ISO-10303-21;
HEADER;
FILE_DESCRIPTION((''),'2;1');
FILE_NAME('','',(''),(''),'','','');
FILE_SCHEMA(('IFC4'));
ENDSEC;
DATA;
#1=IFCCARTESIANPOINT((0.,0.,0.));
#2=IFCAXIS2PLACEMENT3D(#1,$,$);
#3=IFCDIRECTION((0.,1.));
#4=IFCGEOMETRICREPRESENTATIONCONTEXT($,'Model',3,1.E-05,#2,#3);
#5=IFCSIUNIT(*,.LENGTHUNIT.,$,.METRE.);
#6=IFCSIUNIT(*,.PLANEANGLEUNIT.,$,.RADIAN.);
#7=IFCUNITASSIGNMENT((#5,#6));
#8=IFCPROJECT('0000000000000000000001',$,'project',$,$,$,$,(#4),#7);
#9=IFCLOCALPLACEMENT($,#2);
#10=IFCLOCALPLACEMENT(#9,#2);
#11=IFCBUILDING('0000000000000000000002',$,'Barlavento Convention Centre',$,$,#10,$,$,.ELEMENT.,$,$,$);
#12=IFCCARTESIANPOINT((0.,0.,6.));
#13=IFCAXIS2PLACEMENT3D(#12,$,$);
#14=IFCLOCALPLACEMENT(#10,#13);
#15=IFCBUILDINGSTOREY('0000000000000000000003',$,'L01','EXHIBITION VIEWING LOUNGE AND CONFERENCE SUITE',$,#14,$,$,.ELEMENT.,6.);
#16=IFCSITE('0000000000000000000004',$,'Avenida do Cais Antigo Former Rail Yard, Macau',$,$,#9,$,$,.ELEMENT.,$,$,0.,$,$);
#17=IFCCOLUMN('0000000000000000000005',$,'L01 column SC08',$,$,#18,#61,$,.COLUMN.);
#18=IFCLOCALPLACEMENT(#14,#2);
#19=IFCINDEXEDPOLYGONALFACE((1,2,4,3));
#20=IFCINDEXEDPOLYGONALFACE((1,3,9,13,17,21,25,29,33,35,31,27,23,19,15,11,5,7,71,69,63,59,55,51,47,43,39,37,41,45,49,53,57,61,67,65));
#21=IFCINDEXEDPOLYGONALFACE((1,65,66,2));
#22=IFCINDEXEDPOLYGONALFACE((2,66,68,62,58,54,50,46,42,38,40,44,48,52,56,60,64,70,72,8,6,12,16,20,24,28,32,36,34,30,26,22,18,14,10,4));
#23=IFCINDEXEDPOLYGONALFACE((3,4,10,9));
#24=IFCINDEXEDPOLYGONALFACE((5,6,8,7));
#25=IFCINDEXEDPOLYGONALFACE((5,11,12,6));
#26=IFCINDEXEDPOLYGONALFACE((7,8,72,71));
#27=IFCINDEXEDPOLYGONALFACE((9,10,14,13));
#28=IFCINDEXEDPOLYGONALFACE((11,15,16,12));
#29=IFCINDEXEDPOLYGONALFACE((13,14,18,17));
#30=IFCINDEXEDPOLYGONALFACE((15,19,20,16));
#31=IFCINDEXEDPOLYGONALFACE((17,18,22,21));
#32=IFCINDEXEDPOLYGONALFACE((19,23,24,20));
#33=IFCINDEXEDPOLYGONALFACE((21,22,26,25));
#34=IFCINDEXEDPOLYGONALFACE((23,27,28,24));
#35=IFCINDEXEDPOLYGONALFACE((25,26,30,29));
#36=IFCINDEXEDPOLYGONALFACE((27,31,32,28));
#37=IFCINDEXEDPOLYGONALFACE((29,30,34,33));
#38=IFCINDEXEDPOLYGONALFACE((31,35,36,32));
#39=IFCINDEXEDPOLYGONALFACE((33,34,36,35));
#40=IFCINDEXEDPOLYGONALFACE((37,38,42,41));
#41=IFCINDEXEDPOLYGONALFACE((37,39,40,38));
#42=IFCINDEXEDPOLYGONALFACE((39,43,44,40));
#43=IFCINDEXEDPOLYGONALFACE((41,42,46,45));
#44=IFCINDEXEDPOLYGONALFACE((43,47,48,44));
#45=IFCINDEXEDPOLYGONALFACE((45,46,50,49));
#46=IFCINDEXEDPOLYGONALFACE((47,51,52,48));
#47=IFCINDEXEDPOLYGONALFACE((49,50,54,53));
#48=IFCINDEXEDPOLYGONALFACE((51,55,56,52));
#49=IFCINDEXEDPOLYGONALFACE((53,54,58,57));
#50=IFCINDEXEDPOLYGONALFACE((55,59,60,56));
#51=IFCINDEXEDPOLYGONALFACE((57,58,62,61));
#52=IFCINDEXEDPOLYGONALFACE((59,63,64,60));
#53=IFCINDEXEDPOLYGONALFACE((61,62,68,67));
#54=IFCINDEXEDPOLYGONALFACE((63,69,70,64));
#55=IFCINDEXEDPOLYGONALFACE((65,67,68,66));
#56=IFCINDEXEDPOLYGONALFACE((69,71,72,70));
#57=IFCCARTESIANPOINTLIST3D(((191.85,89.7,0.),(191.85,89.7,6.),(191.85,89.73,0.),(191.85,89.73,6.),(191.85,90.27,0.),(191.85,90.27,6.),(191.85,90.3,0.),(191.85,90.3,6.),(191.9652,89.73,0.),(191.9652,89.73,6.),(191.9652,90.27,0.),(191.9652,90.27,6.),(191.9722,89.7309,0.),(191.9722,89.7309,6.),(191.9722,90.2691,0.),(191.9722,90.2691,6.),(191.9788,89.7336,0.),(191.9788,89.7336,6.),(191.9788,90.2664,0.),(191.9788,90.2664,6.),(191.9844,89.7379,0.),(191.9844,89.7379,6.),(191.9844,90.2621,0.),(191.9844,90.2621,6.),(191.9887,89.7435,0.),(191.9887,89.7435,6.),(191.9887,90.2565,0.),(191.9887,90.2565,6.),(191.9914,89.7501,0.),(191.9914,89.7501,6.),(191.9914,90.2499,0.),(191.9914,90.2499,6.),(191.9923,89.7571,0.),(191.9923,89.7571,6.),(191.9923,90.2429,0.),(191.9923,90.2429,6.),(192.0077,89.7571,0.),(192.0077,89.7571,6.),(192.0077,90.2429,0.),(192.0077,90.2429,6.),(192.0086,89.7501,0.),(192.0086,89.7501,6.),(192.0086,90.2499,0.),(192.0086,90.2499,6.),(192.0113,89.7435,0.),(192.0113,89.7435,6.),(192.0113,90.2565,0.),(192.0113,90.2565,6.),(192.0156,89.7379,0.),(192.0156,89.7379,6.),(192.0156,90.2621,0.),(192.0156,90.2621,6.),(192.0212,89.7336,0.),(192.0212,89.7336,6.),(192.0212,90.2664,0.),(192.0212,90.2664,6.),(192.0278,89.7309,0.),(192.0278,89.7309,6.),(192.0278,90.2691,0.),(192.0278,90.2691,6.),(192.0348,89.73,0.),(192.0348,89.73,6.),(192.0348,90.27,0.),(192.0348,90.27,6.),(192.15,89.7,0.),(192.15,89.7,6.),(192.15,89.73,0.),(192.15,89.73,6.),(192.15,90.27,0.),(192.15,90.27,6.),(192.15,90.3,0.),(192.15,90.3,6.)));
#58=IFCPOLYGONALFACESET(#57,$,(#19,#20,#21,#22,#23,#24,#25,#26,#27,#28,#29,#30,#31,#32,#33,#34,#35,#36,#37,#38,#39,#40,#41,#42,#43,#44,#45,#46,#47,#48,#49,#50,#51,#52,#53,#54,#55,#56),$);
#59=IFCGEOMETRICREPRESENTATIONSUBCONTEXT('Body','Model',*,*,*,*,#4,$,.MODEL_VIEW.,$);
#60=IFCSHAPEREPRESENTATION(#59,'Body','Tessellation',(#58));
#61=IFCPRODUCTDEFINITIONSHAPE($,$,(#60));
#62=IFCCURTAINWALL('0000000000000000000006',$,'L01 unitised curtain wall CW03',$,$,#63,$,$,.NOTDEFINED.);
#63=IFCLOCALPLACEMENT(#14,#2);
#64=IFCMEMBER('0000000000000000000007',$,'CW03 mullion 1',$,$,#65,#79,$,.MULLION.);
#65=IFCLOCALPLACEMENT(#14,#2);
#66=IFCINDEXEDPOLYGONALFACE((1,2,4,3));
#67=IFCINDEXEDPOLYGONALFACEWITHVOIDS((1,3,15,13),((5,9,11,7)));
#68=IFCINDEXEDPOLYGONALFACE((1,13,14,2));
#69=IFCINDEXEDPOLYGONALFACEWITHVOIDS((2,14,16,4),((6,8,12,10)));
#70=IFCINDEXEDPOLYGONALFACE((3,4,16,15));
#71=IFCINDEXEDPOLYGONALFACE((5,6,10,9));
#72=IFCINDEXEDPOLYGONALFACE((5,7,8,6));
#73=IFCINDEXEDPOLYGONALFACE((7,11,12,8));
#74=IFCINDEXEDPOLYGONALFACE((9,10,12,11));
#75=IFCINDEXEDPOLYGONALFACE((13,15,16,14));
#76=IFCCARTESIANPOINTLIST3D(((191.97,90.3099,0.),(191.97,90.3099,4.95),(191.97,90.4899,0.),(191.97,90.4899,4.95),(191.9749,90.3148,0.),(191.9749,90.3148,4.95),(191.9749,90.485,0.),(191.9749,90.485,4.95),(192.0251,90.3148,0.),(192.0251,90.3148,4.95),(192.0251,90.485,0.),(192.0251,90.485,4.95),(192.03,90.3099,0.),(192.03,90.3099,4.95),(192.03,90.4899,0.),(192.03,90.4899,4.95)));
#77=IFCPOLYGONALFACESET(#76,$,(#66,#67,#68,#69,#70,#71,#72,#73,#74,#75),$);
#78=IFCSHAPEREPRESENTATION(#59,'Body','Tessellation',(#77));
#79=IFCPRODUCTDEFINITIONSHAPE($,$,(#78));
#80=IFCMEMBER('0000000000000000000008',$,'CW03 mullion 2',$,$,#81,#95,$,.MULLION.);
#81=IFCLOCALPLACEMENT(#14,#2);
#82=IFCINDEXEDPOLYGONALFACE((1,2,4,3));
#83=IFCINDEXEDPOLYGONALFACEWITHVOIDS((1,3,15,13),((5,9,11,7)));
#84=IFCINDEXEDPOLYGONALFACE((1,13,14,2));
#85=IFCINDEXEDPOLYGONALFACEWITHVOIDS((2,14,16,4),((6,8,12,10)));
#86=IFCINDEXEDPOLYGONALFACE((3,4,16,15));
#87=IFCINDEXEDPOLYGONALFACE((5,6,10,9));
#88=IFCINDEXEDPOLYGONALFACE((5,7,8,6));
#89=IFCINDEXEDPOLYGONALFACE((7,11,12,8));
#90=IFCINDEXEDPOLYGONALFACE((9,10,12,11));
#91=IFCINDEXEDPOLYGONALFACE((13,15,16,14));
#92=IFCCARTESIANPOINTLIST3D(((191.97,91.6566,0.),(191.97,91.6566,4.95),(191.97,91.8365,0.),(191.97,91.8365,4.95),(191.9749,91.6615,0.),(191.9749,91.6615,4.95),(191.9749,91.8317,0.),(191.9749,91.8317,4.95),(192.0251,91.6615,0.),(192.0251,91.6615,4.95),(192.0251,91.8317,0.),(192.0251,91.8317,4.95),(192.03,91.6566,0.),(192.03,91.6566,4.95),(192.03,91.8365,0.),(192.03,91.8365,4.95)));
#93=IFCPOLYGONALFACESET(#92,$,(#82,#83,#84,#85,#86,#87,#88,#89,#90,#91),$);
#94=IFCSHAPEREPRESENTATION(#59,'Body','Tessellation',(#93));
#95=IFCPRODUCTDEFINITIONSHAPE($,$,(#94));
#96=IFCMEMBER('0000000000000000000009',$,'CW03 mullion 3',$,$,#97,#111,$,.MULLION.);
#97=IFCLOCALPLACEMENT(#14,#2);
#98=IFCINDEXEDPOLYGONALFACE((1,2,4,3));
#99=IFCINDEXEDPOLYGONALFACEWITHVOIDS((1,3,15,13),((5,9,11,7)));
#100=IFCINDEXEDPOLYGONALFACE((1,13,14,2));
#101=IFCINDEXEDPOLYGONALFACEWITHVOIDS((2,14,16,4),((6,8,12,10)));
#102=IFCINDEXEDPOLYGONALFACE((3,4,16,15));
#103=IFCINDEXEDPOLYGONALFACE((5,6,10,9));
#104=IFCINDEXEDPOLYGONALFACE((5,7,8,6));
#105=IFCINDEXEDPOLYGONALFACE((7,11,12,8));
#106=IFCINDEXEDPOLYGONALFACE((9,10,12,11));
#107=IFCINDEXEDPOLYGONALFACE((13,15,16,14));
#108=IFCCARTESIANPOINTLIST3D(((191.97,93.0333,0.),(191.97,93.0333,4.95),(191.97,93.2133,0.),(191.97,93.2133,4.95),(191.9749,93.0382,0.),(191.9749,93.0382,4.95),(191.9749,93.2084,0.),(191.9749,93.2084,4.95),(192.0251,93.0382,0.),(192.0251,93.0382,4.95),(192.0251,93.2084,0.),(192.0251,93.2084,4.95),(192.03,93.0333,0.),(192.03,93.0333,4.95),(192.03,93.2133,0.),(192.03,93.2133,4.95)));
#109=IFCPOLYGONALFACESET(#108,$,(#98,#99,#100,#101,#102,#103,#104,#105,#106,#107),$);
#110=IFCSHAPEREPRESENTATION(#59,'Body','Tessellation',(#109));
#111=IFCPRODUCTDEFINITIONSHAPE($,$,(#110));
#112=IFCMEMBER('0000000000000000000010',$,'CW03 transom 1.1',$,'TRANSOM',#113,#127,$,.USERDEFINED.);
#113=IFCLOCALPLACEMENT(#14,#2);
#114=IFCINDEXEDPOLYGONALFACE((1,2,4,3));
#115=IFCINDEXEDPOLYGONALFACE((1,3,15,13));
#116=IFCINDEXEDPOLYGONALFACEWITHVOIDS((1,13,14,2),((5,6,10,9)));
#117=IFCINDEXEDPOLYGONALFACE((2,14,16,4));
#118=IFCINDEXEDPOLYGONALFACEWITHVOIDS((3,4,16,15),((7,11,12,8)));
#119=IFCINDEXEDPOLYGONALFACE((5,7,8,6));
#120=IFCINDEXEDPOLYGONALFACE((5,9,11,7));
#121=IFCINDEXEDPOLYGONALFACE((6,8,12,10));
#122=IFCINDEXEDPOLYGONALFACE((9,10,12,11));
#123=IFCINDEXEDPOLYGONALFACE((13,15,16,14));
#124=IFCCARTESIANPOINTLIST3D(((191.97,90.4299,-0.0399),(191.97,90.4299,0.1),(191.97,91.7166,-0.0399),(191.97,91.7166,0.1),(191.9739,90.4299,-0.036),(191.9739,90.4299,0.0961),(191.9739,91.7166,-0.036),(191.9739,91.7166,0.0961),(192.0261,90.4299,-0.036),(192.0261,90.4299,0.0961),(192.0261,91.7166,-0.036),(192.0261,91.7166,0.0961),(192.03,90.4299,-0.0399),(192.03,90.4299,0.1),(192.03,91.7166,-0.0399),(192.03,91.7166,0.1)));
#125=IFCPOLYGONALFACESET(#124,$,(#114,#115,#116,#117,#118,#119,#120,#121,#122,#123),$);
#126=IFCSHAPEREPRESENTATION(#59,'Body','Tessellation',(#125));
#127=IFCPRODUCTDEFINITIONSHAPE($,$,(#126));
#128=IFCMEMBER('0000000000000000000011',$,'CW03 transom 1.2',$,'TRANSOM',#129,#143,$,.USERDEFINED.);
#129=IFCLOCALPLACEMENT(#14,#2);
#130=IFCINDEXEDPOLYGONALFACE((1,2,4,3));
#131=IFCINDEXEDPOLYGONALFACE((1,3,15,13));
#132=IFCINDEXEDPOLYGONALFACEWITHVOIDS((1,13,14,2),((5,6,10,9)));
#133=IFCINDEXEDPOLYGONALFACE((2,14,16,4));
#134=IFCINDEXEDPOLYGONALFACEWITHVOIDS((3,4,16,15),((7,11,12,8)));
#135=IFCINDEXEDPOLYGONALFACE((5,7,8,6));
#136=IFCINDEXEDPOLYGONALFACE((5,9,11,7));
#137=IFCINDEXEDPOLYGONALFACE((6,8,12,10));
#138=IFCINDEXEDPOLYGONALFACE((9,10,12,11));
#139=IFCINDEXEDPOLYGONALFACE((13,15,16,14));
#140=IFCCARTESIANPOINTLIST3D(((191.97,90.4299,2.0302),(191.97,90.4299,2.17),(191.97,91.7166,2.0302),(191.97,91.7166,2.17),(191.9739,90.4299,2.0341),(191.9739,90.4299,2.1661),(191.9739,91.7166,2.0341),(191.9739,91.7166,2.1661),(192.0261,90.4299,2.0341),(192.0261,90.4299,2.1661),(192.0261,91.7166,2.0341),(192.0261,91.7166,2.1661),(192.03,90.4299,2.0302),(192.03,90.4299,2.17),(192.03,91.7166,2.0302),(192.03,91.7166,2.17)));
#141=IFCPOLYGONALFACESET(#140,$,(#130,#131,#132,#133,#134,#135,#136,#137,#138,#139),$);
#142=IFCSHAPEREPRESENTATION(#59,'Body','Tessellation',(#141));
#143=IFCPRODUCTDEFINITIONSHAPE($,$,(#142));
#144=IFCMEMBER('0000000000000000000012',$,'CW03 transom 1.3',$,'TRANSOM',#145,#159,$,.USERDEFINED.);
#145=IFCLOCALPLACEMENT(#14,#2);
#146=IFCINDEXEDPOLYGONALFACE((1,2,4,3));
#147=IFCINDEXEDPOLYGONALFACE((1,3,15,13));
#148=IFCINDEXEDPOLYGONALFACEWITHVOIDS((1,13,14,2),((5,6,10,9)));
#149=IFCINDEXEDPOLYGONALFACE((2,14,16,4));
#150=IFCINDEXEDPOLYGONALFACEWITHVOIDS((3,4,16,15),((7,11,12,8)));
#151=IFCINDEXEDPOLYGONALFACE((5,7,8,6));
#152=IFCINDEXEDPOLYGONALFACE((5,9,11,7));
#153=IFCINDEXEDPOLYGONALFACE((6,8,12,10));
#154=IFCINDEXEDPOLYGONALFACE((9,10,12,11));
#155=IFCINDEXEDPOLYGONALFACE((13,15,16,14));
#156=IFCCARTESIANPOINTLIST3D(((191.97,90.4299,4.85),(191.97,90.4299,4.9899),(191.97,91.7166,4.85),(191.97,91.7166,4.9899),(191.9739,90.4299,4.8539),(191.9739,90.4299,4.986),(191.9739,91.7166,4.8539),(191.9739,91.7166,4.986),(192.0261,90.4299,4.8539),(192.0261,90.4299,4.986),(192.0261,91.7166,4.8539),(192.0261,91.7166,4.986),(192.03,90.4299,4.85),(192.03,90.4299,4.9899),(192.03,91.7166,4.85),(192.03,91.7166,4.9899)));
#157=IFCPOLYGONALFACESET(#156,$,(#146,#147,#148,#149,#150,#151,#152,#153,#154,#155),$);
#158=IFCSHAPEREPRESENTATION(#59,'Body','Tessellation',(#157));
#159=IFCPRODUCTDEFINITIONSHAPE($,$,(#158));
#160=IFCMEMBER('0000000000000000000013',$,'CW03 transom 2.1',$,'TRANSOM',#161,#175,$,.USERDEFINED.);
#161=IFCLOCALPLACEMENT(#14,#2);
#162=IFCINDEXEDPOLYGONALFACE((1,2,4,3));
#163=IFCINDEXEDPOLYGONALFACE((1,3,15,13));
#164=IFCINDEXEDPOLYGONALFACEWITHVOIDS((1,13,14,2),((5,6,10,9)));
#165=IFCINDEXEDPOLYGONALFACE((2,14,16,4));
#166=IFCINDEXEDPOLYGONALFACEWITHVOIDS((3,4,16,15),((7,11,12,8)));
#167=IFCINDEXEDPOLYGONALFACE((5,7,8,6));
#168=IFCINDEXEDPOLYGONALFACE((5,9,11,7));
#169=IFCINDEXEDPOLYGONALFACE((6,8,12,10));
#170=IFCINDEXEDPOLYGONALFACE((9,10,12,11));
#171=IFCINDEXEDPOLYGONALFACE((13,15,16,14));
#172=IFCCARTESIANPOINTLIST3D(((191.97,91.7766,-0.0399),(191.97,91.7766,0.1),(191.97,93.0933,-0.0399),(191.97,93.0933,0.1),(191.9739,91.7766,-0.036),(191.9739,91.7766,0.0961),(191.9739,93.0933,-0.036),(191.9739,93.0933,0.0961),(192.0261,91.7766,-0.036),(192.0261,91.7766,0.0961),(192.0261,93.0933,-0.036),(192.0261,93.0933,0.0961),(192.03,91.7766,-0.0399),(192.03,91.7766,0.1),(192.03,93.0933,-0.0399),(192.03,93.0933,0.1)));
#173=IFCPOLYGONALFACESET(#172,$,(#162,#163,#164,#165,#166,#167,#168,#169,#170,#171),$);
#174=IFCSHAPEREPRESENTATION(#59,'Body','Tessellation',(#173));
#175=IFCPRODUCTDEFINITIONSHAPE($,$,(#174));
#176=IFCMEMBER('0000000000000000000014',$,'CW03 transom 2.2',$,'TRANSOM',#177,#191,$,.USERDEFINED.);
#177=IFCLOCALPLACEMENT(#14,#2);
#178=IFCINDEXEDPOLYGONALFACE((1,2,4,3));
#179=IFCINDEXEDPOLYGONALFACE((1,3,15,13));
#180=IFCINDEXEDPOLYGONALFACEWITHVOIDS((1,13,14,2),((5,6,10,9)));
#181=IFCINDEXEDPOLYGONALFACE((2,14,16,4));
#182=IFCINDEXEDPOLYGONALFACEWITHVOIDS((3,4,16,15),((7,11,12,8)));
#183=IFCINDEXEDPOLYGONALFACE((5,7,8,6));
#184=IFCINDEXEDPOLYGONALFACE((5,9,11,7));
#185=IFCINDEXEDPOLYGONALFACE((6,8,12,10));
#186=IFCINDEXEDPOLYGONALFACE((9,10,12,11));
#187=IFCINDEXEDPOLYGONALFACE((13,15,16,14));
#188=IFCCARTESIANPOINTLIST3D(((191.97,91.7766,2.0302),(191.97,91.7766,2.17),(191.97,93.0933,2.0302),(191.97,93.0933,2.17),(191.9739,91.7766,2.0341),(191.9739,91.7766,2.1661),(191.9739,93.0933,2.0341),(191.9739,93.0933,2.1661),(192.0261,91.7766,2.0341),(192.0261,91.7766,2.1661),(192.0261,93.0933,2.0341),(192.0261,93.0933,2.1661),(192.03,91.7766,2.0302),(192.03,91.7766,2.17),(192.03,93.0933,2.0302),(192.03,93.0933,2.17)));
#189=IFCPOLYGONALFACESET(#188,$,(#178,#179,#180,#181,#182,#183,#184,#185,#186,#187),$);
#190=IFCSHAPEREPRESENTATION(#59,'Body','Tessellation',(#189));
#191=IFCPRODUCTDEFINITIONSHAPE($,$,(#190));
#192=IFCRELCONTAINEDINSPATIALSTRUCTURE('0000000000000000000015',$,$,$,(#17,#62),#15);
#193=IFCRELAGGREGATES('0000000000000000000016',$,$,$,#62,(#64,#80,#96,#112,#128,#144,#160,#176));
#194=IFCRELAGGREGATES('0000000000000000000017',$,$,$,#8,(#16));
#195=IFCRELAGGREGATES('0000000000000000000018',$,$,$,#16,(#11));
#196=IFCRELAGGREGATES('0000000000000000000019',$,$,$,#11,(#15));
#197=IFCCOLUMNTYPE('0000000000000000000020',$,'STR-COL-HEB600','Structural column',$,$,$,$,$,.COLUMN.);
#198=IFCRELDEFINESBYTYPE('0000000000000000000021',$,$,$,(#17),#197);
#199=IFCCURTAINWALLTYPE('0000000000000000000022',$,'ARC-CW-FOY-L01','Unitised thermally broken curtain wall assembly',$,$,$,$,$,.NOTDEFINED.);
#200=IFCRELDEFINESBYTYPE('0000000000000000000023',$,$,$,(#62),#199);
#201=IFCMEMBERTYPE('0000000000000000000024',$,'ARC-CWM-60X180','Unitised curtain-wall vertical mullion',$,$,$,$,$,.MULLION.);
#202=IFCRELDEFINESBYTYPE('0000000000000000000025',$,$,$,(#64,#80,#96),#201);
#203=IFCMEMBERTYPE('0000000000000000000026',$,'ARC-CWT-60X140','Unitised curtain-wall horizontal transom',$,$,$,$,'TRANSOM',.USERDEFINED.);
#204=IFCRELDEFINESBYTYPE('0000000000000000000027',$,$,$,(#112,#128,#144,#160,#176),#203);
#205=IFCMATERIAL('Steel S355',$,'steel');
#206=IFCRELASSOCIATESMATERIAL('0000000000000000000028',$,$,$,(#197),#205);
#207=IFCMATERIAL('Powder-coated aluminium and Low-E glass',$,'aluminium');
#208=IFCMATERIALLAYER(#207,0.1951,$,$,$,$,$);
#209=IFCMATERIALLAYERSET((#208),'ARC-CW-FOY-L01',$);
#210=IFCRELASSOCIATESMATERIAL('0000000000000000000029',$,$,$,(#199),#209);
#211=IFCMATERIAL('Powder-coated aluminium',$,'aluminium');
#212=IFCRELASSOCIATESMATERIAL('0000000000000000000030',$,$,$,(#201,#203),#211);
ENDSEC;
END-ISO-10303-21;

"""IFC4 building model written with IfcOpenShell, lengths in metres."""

from ifc_helpers import new_model, si_unit, direction, frame, origin, origin_2d, place, context, subcontext, project, spatial, hollow_rectangle, i_section, extrude, material, layer, layer_set, material_profile, profile_set, type_object, element, aggregate, save


model = new_model("IFC4")

# Units and contexts
model_context = context("Model", 3, precision=1e-05, world=origin(), true_north=direction((0.0, 1.0)))
body_context = subcontext(model_context, "Body", "Model", "MODEL_VIEW")
ifc_project = project(units=[si_unit("LENGTHUNIT", "METRE"), si_unit("PLANEANGLEUNIT", "RADIAN")], contexts=[model_context])

# Site, building, storey
site_placement = place(None, origin())
site = spatial("IfcSite", under=ifc_project, at=site_placement, Name="Avenida do Cais Antigo Former Rail Yard, Macau", CompositionType="ELEMENT", RefElevation=0.0)
building_placement = place(site_placement, origin())
building = spatial("IfcBuilding", under=site, at=building_placement, Name="Barlavento Convention Centre", CompositionType="ELEMENT")
storey_placement = place(building_placement, frame((0.0, 0.0, 6.0)))
storey = spatial("IfcBuildingStorey", under=building, at=storey_placement, Name="L01", Description="EXHIBITION VIEWING LOUNGE AND CONFERENCE SUITE", CompositionType="ELEMENT", Elevation=6.0)

# Column
ifc_material_1 = material(Name="Steel S355", Category="steel")
ifc_material_profile_1 = material_profile(ifc_material_1, i_section(OverallWidth=0.3, OverallDepth=0.6001, WebThickness=0.0154, FlangeThickness=0.03, FilletRadius=0.0271, at=origin_2d()), Name="HEB 600")
ifc_profile_set_1 = profile_set([ifc_material_profile_1], Name="Steel S355")
column_type = type_object("IfcColumnType", Name="STR-COL-HEB600", Description="Structural column", PredefinedType="COLUMN", material=ifc_profile_set_1)
column_placement = place(storey_placement, frame((192.0, 90.0, 0.0), z_axis=(0.0, 0.0, 1.0), x_axis=(1.0, 0.0, 0.0)))
element("IfcColumn", 1, at=column_placement, inside=storey, type_object=column_type, Name="L01 column SC08", PredefinedType="COLUMN", context=body_context, shape_type="SweptSolid", body=[
    extrude(i_section(OverallWidth=0.3, OverallDepth=0.6001, WebThickness=0.0154, FlangeThickness=0.03, FilletRadius=0.0271, at=origin_2d()), origin(), (0.0, 0.0, 1.0), 6.0),
])

# Curtain wall, members
ifc_material_2 = material(Name="Powder-coated aluminium and Low-E glass", Category="aluminium")
ifc_layer_1 = layer(ifc_material_2, 0.1951)
ifc_layer_set_1 = layer_set([ifc_layer_1], Name="ARC-CW-FOY-L01")
curtain_wall_type = type_object("IfcCurtainWallType", Name="ARC-CW-FOY-L01", Description="Unitised thermally broken curtain wall assembly", PredefinedType="NOTDEFINED", material=ifc_layer_set_1)
curtain_wall_placement = place(storey_placement, origin())
curtain_wall = element("IfcCurtainWall", 2, at=curtain_wall_placement, inside=storey, type_object=curtain_wall_type, Name="L01 unitised curtain wall CW03", PredefinedType="NOTDEFINED")
ifc_material_3 = material(Name="Powder-coated aluminium", Category="aluminium")
ifc_material_profile_2 = material_profile(ifc_material_3, hollow_rectangle(XDim=0.0601, YDim=0.1799, WallThickness=0.0049, at=origin_2d()), Name="AL-MULL 60x180x5")
ifc_profile_set_2 = profile_set([ifc_material_profile_2], Name="Powder-coated aluminium")
member_type_1 = type_object("IfcMemberType", Name="ARC-CWM-60X180", Description="Unitised curtain-wall vertical mullion", PredefinedType="MULLION", material=ifc_profile_set_2)
member_1_placement = place(storey_placement, frame((192.0, 90.3999, 0.0), z_axis=(0.0, 0.0, 1.0), x_axis=(-1.0, 0.0, 0.0)))
member_1 = element("IfcMember", 3, at=member_1_placement, type_object=member_type_1, Name="CW03 mullion 1", PredefinedType="MULLION", context=body_context, shape_type="SweptSolid", body=[
    extrude(hollow_rectangle(XDim=0.0601, YDim=0.1799, WallThickness=0.0049, at=origin_2d()), origin(), (0.0, 0.0, 1.0), 4.95),
])
member_2_placement = place(storey_placement, frame((192.0, 91.7466, 0.0), z_axis=(0.0, 0.0, 1.0), x_axis=(-1.0, 0.0, 0.0)))
member_2 = element("IfcMember", 4, at=member_2_placement, type_object=member_type_1, Name="CW03 mullion 2", PredefinedType="MULLION", context=body_context, shape_type="SweptSolid", body=[
    extrude(hollow_rectangle(XDim=0.0601, YDim=0.1799, WallThickness=0.0049, at=origin_2d()), origin(), (0.0, 0.0, 1.0), 4.95),
])
member_3_placement = place(storey_placement, frame((192.0, 93.1233, 0.0), z_axis=(0.0, 0.0, 1.0), x_axis=(-1.0, 0.0, 0.0)))
member_3 = element("IfcMember", 5, at=member_3_placement, type_object=member_type_1, Name="CW03 mullion 3", PredefinedType="MULLION", context=body_context, shape_type="SweptSolid", body=[
    extrude(hollow_rectangle(XDim=0.0601, YDim=0.1799, WallThickness=0.0049, at=origin_2d()), origin(), (0.0, 0.0, 1.0), 4.95),
])
ifc_material_profile_3 = material_profile(ifc_material_3, hollow_rectangle(XDim=0.0601, YDim=0.1399, WallThickness=0.0039, at=origin_2d()), Name="AL-TRAN 60x140x4")
ifc_profile_set_3 = profile_set([ifc_material_profile_3], Name="Powder-coated aluminium")
member_type_2 = type_object("IfcMemberType", Name="ARC-CWT-60X140", Description="Unitised curtain-wall horizontal transom", ElementType="TRANSOM", PredefinedType="USERDEFINED", material=ifc_profile_set_3)
member_4_placement = place(storey_placement, frame((192.0, 90.4299, 0.03), z_axis=(0.0, 1.0, 0.0), x_axis=(-1.0, 0.0, 0.0)))
member_4 = element("IfcMember", 6, at=member_4_placement, type_object=member_type_2, Name="CW03 transom 1.1", ObjectType="TRANSOM", PredefinedType="USERDEFINED", context=body_context, shape_type="SweptSolid", body=[
    extrude(hollow_rectangle(XDim=0.0601, YDim=0.1399, WallThickness=0.0039, at=origin_2d()), origin(), (0.0, 0.0, 1.0), 1.2866),
])
member_5_placement = place(storey_placement, frame((192.0, 90.4299, 2.1001), z_axis=(0.0, 1.0, 0.0), x_axis=(-1.0, 0.0, 0.0)))
member_5 = element("IfcMember", 7, at=member_5_placement, type_object=member_type_2, Name="CW03 transom 1.2", ObjectType="TRANSOM", PredefinedType="USERDEFINED", context=body_context, shape_type="SweptSolid", body=[
    extrude(hollow_rectangle(XDim=0.0601, YDim=0.1399, WallThickness=0.0039, at=origin_2d()), origin(), (0.0, 0.0, 1.0), 1.2866),
])
member_6_placement = place(storey_placement, frame((192.0, 90.4299, 4.9199), z_axis=(0.0, 1.0, 0.0), x_axis=(-1.0, 0.0, 0.0)))
member_6 = element("IfcMember", 8, at=member_6_placement, type_object=member_type_2, Name="CW03 transom 1.3", ObjectType="TRANSOM", PredefinedType="USERDEFINED", context=body_context, shape_type="SweptSolid", body=[
    extrude(hollow_rectangle(XDim=0.0601, YDim=0.1399, WallThickness=0.0039, at=origin_2d()), origin(), (0.0, 0.0, 1.0), 1.2866),
])
member_7_placement = place(storey_placement, frame((192.0, 91.7766, 0.03), z_axis=(0.0, 1.0, 0.0), x_axis=(-1.0, 0.0, 0.0)))
member_7 = element("IfcMember", 9, at=member_7_placement, type_object=member_type_2, Name="CW03 transom 2.1", ObjectType="TRANSOM", PredefinedType="USERDEFINED", context=body_context, shape_type="SweptSolid", body=[
    extrude(hollow_rectangle(XDim=0.0601, YDim=0.1399, WallThickness=0.0039, at=origin_2d()), origin(), (0.0, 0.0, 1.0), 1.3167),
])
member_8_placement = place(storey_placement, frame((192.0, 91.7766, 2.1001), z_axis=(0.0, 1.0, 0.0), x_axis=(-1.0, 0.0, 0.0)))
member_8 = element("IfcMember", 10, at=member_8_placement, type_object=member_type_2, Name="CW03 transom 2.2", ObjectType="TRANSOM", PredefinedType="USERDEFINED", context=body_context, shape_type="SweptSolid", body=[
    extrude(hollow_rectangle(XDim=0.0601, YDim=0.1399, WallThickness=0.0039, at=origin_2d()), origin(), (0.0, 0.0, 1.0), 1.3167),
])

aggregate(curtain_wall, [member_1, member_2, member_3, member_4, member_5, member_6, member_7, member_8])

save(model, "model.ifc")
